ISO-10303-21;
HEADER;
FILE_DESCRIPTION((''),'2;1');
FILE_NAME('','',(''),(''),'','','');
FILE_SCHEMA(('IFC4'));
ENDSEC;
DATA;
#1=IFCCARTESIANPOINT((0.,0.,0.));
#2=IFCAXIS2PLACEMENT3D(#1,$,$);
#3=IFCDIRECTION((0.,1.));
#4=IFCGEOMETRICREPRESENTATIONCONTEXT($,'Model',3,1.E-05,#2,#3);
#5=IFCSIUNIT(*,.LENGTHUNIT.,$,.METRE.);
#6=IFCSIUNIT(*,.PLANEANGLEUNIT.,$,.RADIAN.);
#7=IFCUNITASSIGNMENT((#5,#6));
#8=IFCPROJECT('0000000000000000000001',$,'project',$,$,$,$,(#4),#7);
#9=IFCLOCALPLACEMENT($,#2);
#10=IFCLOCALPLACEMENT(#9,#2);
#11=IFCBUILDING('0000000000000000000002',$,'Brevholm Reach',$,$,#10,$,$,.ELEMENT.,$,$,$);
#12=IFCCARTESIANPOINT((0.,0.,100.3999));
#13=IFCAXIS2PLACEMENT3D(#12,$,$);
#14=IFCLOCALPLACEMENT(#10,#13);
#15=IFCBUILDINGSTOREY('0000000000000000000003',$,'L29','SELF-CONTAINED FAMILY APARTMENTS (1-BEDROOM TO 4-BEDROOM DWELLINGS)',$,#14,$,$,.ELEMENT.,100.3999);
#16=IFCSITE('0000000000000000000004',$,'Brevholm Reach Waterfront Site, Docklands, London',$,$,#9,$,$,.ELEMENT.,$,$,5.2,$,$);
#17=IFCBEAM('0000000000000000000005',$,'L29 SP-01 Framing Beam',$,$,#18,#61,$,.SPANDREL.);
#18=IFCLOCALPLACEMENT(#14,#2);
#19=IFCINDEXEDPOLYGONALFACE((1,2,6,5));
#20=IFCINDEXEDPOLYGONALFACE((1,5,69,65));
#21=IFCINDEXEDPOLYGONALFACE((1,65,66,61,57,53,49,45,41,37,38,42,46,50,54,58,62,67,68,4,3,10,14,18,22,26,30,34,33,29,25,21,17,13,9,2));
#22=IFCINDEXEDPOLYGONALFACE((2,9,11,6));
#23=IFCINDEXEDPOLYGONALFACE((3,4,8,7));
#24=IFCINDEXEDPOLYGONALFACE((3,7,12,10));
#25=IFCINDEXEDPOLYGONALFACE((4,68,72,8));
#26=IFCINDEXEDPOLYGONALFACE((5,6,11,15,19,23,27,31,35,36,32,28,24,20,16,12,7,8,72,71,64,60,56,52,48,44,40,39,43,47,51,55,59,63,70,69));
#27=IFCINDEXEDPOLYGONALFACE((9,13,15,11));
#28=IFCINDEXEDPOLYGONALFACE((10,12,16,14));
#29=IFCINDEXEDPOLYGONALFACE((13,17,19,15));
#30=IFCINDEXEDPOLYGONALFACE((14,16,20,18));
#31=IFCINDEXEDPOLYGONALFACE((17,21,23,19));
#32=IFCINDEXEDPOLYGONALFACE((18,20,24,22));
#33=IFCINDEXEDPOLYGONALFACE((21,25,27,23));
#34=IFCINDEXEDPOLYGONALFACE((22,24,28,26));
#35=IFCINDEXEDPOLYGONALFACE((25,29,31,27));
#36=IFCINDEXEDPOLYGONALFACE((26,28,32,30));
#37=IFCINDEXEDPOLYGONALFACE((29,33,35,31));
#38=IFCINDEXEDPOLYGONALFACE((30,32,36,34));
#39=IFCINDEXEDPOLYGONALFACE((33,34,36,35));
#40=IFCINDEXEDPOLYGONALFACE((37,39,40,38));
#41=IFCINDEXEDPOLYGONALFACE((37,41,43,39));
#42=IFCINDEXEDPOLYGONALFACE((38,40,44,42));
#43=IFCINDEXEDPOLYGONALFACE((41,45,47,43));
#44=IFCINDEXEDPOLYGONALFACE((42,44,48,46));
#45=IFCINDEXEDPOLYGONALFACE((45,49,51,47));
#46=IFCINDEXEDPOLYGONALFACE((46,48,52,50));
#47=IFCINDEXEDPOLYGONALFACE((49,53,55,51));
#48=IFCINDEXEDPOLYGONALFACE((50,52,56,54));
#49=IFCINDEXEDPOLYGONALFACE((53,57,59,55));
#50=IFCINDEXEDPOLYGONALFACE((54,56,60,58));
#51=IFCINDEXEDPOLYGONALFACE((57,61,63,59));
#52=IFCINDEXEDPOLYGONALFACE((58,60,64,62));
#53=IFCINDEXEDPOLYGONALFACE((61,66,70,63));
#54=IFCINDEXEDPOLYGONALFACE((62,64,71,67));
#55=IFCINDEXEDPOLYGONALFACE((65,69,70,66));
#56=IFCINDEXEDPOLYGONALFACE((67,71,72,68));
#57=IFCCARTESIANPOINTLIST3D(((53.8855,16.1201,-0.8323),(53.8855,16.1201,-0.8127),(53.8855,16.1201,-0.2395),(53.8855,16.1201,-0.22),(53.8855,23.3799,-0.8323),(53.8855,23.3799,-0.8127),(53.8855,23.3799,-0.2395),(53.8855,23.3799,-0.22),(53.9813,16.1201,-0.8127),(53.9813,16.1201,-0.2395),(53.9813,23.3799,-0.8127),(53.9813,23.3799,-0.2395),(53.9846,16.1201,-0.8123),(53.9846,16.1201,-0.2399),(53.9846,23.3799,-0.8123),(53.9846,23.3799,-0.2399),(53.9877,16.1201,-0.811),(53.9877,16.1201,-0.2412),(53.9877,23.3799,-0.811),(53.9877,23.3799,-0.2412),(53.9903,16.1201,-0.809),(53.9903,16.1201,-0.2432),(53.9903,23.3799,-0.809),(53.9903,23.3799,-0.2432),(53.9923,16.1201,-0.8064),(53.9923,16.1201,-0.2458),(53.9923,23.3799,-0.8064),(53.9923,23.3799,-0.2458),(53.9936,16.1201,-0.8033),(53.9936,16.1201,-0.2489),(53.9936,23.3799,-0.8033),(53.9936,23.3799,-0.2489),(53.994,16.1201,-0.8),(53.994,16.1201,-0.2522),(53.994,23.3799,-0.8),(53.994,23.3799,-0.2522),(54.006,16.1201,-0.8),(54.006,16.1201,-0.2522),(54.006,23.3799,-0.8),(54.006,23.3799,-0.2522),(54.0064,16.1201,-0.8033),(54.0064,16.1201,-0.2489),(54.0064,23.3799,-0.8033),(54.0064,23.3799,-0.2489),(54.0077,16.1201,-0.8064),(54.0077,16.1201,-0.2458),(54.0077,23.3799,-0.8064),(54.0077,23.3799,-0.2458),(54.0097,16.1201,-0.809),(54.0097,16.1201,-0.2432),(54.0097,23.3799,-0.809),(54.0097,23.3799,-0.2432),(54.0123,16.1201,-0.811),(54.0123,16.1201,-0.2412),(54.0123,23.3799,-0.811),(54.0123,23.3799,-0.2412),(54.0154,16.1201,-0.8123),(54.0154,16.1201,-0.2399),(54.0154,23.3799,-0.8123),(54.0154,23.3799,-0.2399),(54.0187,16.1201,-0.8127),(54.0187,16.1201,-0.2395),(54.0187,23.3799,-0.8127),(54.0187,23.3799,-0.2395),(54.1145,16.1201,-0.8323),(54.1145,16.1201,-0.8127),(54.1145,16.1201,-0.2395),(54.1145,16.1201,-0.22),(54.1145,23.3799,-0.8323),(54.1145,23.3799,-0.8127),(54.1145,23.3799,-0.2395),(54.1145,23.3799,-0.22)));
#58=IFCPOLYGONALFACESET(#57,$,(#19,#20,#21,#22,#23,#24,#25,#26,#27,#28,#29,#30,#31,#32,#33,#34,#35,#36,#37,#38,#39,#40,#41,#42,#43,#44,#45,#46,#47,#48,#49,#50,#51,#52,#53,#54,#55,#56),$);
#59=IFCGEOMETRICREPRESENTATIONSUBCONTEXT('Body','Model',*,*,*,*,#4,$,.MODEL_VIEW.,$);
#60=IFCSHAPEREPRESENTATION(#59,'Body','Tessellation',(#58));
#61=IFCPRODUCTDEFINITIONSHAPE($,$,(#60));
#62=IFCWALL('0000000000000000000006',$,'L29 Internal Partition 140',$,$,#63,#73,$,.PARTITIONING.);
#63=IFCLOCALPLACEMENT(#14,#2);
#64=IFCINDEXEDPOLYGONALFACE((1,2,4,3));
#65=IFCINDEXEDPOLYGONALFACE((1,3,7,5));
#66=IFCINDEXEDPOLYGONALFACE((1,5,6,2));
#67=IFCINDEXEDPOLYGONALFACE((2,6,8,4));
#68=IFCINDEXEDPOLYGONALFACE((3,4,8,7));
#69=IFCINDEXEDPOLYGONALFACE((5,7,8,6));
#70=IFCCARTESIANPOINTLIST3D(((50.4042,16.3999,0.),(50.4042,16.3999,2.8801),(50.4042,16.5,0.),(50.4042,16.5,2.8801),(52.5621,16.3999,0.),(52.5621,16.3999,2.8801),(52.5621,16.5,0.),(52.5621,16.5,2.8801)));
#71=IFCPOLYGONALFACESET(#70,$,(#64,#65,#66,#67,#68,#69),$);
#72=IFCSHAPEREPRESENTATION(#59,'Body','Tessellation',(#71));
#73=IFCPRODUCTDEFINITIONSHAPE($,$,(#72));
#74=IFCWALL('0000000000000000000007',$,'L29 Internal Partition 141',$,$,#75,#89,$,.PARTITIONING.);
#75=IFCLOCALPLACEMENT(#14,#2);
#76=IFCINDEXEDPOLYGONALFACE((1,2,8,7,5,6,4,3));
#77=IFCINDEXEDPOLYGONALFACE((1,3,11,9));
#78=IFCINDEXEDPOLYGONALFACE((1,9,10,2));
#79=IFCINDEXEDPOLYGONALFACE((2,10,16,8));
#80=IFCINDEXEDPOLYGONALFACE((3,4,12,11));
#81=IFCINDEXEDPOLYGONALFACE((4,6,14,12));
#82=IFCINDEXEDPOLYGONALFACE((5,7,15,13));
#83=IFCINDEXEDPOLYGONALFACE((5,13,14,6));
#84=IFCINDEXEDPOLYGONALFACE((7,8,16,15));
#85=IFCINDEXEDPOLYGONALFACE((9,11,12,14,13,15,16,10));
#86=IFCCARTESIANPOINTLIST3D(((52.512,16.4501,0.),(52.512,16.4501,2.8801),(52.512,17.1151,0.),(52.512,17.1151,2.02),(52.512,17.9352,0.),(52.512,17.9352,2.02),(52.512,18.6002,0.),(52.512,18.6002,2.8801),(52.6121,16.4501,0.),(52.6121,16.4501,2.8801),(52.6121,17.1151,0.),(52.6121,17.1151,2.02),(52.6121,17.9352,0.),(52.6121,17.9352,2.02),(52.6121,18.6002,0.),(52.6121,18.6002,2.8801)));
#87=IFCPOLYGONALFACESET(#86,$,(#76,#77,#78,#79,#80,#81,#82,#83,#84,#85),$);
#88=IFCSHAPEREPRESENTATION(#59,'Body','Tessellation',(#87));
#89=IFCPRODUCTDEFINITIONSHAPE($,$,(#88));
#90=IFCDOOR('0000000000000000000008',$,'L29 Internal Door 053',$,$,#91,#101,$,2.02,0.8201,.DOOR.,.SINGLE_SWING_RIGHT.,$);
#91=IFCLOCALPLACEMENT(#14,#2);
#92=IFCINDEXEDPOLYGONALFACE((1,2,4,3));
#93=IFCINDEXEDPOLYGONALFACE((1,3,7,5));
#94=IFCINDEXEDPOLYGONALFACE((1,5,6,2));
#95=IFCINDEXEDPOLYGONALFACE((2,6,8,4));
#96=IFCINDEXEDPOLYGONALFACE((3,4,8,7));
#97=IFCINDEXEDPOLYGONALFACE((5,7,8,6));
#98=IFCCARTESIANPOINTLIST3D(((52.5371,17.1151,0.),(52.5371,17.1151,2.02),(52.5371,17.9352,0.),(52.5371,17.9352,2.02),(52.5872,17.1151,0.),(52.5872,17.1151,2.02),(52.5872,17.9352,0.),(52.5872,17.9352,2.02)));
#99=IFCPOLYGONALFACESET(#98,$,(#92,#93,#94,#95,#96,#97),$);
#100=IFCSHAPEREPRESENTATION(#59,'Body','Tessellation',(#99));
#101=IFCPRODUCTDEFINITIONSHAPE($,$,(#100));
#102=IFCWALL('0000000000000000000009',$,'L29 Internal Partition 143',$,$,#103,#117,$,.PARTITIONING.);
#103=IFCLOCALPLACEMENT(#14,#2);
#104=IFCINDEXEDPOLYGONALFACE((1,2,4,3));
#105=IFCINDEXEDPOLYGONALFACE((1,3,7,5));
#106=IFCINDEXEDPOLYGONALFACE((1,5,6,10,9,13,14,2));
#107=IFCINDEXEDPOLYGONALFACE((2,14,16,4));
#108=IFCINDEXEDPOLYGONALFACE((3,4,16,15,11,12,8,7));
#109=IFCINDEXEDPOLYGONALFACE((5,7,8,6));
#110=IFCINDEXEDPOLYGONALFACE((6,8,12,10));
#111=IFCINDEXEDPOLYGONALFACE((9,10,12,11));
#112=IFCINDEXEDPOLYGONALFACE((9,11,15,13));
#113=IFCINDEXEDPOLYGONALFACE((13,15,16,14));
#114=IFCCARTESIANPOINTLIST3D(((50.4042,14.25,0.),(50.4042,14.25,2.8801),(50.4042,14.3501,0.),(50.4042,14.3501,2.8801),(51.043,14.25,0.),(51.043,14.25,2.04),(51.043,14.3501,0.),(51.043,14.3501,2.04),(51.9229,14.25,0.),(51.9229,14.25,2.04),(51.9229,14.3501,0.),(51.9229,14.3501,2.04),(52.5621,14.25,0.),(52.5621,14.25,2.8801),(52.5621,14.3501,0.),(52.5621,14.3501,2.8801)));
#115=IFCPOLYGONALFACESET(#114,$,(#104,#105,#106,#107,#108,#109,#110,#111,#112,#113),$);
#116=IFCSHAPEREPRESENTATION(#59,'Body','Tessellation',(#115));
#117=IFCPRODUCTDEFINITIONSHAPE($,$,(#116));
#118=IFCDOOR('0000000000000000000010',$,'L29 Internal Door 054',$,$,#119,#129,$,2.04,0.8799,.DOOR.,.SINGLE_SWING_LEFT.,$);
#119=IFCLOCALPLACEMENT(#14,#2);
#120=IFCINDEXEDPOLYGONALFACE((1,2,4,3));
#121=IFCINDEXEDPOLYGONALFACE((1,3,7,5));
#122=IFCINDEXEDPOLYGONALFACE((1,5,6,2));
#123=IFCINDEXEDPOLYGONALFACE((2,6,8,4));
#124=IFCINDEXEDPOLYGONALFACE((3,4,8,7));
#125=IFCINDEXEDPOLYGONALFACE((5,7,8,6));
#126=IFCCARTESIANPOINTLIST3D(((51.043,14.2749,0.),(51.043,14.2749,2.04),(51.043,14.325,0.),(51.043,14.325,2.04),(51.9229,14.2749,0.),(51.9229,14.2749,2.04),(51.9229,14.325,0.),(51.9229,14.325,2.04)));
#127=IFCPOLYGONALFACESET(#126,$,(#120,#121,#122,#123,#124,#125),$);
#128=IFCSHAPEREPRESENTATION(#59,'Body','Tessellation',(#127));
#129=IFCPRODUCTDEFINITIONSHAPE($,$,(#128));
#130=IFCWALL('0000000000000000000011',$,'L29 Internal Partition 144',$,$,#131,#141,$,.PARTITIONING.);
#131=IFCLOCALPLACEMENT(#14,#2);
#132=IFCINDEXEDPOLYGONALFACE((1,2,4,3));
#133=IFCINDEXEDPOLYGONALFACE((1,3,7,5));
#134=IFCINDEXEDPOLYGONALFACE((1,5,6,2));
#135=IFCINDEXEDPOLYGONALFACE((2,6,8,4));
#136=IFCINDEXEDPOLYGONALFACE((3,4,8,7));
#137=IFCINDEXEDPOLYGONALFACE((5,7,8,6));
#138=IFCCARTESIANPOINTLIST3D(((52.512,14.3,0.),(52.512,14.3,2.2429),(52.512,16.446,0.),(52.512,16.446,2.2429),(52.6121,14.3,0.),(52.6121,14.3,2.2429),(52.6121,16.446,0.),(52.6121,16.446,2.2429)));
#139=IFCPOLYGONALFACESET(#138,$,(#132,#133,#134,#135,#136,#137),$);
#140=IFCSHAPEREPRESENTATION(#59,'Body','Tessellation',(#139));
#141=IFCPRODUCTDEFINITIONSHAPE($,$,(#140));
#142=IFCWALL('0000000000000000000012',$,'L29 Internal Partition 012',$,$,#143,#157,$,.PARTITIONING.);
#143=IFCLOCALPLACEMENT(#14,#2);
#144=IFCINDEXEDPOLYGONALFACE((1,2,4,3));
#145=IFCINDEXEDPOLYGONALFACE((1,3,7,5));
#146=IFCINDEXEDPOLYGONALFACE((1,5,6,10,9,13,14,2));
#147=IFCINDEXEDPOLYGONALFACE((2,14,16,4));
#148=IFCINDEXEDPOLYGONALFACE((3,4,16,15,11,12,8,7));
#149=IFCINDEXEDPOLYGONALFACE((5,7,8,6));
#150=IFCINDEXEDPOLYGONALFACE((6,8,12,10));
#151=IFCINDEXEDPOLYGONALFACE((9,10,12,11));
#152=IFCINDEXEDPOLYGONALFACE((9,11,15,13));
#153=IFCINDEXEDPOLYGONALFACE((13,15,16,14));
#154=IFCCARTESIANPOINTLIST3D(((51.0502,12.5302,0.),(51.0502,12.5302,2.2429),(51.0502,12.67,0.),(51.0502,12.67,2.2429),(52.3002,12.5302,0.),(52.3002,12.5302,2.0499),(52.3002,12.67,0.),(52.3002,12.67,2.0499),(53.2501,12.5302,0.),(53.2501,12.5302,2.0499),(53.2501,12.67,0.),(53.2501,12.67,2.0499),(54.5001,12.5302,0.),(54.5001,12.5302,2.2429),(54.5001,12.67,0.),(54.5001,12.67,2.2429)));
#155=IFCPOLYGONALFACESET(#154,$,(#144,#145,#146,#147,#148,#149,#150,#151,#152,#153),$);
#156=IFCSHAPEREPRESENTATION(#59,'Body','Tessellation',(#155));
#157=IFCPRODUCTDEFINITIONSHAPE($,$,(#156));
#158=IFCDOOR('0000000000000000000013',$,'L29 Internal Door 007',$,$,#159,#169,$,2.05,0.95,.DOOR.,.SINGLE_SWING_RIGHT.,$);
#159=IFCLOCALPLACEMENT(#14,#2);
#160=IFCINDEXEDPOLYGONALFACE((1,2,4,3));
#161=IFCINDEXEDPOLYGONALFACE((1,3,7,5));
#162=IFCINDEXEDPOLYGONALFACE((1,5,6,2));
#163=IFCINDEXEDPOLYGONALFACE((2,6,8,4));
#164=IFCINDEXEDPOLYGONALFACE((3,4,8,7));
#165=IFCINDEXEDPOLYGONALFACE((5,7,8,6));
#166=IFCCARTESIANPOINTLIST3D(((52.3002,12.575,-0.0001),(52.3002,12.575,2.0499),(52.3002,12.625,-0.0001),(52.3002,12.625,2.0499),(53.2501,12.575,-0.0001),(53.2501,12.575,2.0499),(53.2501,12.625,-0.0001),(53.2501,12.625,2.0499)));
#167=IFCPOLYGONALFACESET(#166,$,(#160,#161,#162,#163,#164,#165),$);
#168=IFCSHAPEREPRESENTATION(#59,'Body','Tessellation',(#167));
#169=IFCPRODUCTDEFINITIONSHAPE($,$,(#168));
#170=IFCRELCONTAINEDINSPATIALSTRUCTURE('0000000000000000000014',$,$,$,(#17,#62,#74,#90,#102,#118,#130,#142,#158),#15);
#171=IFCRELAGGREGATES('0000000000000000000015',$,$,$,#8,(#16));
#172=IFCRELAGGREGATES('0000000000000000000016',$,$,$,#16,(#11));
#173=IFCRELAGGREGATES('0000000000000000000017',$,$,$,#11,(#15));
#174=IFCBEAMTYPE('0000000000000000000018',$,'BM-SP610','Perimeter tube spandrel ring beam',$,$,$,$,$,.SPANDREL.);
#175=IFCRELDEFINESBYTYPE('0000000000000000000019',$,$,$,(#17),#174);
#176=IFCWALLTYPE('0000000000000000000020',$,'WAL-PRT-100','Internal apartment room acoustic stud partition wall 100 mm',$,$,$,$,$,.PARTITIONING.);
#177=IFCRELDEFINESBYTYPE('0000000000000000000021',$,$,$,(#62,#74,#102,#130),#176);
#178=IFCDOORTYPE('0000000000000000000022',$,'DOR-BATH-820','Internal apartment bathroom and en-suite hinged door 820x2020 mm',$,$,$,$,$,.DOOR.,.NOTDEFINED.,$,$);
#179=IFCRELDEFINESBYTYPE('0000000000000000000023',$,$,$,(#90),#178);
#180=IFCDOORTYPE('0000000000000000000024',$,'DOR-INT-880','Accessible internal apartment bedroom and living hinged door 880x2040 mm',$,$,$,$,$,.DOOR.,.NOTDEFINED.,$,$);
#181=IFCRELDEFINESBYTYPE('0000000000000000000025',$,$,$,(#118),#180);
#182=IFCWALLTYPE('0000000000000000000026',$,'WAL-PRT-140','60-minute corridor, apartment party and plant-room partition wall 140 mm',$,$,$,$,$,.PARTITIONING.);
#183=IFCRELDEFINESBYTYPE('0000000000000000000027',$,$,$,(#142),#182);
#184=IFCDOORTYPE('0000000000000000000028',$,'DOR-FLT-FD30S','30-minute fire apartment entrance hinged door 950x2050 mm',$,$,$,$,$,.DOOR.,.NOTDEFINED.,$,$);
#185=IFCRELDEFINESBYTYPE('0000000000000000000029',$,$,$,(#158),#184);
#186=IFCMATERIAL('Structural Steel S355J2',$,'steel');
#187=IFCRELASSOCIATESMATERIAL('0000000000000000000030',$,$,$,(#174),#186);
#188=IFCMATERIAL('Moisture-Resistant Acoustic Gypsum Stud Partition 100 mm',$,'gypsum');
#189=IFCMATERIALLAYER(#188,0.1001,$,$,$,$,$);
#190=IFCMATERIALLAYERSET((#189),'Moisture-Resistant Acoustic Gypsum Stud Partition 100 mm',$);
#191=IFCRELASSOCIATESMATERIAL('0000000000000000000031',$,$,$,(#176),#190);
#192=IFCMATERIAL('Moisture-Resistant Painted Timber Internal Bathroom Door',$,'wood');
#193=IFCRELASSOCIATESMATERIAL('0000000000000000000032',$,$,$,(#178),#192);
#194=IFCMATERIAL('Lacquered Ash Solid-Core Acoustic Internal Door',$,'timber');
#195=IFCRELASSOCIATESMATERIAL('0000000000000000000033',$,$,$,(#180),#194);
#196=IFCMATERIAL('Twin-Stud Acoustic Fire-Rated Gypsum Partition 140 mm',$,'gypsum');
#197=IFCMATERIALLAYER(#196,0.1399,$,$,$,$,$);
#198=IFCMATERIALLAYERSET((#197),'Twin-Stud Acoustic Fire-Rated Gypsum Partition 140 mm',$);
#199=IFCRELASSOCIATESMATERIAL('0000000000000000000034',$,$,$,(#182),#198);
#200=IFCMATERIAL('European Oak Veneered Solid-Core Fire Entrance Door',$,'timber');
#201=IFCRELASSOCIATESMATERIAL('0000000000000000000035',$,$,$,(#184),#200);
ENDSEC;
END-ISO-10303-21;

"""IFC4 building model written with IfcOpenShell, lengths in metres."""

from ifc_helpers import new_model, si_unit, direction, frame, frame_2d, origin, origin_2d, place, context, subcontext, project, spatial, rectangle, i_section, extrude, material, layer, layer_set, material_profile, profile_set, type_object, element, fill, save


model = new_model("IFC4")

# Units and contexts
model_context = context("Model", 3, precision=1e-05, world=origin(), true_north=direction((0.0, 1.0)))
body_context = subcontext(model_context, "Body", "Model", "MODEL_VIEW")
ifc_project = project(units=[si_unit("LENGTHUNIT", "METRE"), si_unit("PLANEANGLEUNIT", "RADIAN")], contexts=[model_context])

# Site, building, storey
site_placement = place(None, origin())
site = spatial("IfcSite", under=ifc_project, at=site_placement, Name="Brevholm Reach Waterfront Site, Docklands, London", CompositionType="ELEMENT", RefElevation=5.2)
building_placement = place(site_placement, origin())
building = spatial("IfcBuilding", under=site, at=building_placement, Name="Brevholm Reach", CompositionType="ELEMENT")
storey_placement = place(building_placement, frame((0.0, 0.0, 100.3999)))
storey = spatial("IfcBuildingStorey", under=building, at=storey_placement, Name="L29", Description="SELF-CONTAINED FAMILY APARTMENTS (1-BEDROOM TO 4-BEDROOM DWELLINGS)", CompositionType="ELEMENT", Elevation=100.3999)

# Beam
ifc_material_1 = material(Name="Structural Steel S355J2", Category="steel")
ifc_material_profile_1 = material_profile(ifc_material_1, i_section(OverallWidth=0.229, OverallDepth=0.6123, WebThickness=0.012, FlangeThickness=0.0195, FilletRadius=0.0127, at=origin_2d()), Name="UKB 610x229x125")
ifc_profile_set_1 = profile_set([ifc_material_profile_1], Name="Structural Steel S355J2")
beam_type = type_object("IfcBeamType", Name="BM-SP610", Description="Perimeter tube spandrel ring beam", PredefinedType="SPANDREL", material=ifc_profile_set_1)
beam_placement = place(storey_placement, frame((54.0, 16.1201, -0.5261), z_axis=(0.0, 1.0, 0.0), x_axis=(-1.0, 0.0, 0.0)))
element("IfcBeam", 1, at=beam_placement, inside=storey, type_object=beam_type, Name="L29 SP-01 Framing Beam", PredefinedType="SPANDREL", context=body_context, shape_type="SweptSolid", body=[
    extrude(i_section(OverallWidth=0.229, OverallDepth=0.6123, WebThickness=0.012, FlangeThickness=0.0195, FilletRadius=0.0127, at=origin_2d()), origin(), (0.0, 0.0, 1.0), 7.2598),
])

# Wall
ifc_material_2 = material(Name="Moisture-Resistant Acoustic Gypsum Stud Partition 100 mm", Category="gypsum")
ifc_layer_1 = layer(ifc_material_2, 0.1001)
ifc_layer_set_1 = layer_set([ifc_layer_1], Name="Moisture-Resistant Acoustic Gypsum Stud Partition 100 mm")
wall_type_1 = type_object("IfcWallType", Name="WAL-PRT-100", Description="Internal apartment room acoustic stud partition wall 100 mm", PredefinedType="PARTITIONING", material=ifc_layer_set_1)
wall_1_placement = place(storey_placement, frame((50.4041, 16.45, 0.0), z_axis=(0.0, 0.0, 1.0), x_axis=(1.0, 0.0, 0.0)))
element("IfcWall", 2, at=wall_1_placement, inside=storey, type_object=wall_type_1, Name="L29 Internal Partition 140", PredefinedType="PARTITIONING", context=body_context, shape_type="SweptSolid", body=[
    extrude(rectangle(XDim=2.158, YDim=0.1001, at=frame_2d((1.0791, 0.0))), origin(), (0.0, 0.0, 1.0), 2.8801),
])

# Walls, openings, doors
wall_2_placement = place(storey_placement, frame((52.562, 16.45, 0.0), z_axis=(0.0, 0.0, 1.0), x_axis=(0.0, 1.0, 0.0)))
wall_2 = element("IfcWall", 3, at=wall_2_placement, inside=storey, type_object=wall_type_1, Name="L29 Internal Partition 141", PredefinedType="PARTITIONING", context=body_context, shape_type="SweptSolid", body=[
    extrude(rectangle(XDim=2.1501, YDim=0.1001, at=frame_2d((1.0752, 0.0))), origin(), (0.0, 0.0, 1.0), 2.8801),
])
opening_1_placement = place(wall_2_placement, frame((0.665, 0.0, 0.0)))
opening_1 = element("IfcOpeningElement", 4, at=opening_1_placement, cuts=wall_2, PredefinedType="OPENING", context=body_context, shape_type="SweptSolid", body=[
    extrude(rectangle(XDim=0.8201, YDim=2.02, at=frame_2d((0.4102, 1.01))), frame((0.0, 0.0601, 0.0), z_axis=(0.0, -1.0, 0.0), x_axis=(1.0, 0.0, 0.0)), (0.0, 0.0, 1.0), 0.1201),
])
ifc_material_3 = material(Name="Moisture-Resistant Painted Timber Internal Bathroom Door", Category="wood")
door_type_1 = type_object("IfcDoorType", Name="DOR-BATH-820", Description="Internal apartment bathroom and en-suite hinged door 820x2020 mm", OperationType="NOTDEFINED", PredefinedType="DOOR", material=ifc_material_3)
door_1_placement = place(opening_1_placement, origin())
door_1 = element("IfcDoor", 5, at=door_1_placement, inside=storey, type_object=door_type_1, Name="L29 Internal Door 053", OperationType="SINGLE_SWING_RIGHT", OverallHeight=2.02, OverallWidth=0.8201, PredefinedType="DOOR", context=body_context, shape_type="SweptSolid", body=[
    extrude(rectangle(XDim=0.8201, YDim=2.02, at=frame_2d((0.4102, 1.01))), frame((0.0, 0.0249, 0.0), z_axis=(0.0, -1.0, 0.0), x_axis=(1.0, 0.0, 0.0)), (0.0, 0.0, 1.0), 0.05),
])
fill(opening_1, door_1)
wall_3_placement = place(storey_placement, frame((50.4041, 14.3, 0.0), z_axis=(0.0, 0.0, 1.0), x_axis=(1.0, 0.0, 0.0)))
wall_3 = element("IfcWall", 6, at=wall_3_placement, inside=storey, type_object=wall_type_1, Name="L29 Internal Partition 143", PredefinedType="PARTITIONING", context=body_context, shape_type="SweptSolid", body=[
    extrude(rectangle(XDim=2.158, YDim=0.1001, at=frame_2d((1.0791, 0.0))), origin(), (0.0, 0.0, 1.0), 2.8801),
])
opening_2_placement = place(wall_3_placement, frame((0.6389, 0.0, 0.0)))
opening_2 = element("IfcOpeningElement", 7, at=opening_2_placement, cuts=wall_3, PredefinedType="OPENING", context=body_context, shape_type="SweptSolid", body=[
    extrude(rectangle(XDim=0.8799, YDim=2.04, at=frame_2d((0.4399, 1.02))), frame((0.0, 0.0601, 0.0), z_axis=(0.0, -1.0, 0.0), x_axis=(1.0, 0.0, 0.0)), (0.0, 0.0, 1.0), 0.1201),
])
ifc_material_4 = material(Name="Lacquered Ash Solid-Core Acoustic Internal Door", Category="timber")
door_type_2 = type_object("IfcDoorType", Name="DOR-INT-880", Description="Accessible internal apartment bedroom and living hinged door 880x2040 mm", OperationType="NOTDEFINED", PredefinedType="DOOR", material=ifc_material_4)
door_2_placement = place(opening_2_placement, origin())
door_2 = element("IfcDoor", 8, at=door_2_placement, inside=storey, type_object=door_type_2, Name="L29 Internal Door 054", OperationType="SINGLE_SWING_LEFT", OverallHeight=2.04, OverallWidth=0.8799, PredefinedType="DOOR", context=body_context, shape_type="SweptSolid", body=[
    extrude(rectangle(XDim=0.8799, YDim=2.04, at=frame_2d((0.4399, 1.02))), frame((0.0, 0.0249, 0.0), z_axis=(0.0, -1.0, 0.0), x_axis=(1.0, 0.0, 0.0)), (0.0, 0.0, 1.0), 0.05),
])
fill(opening_2, door_2)

# Wall
wall_4_placement = place(storey_placement, frame((52.562, 14.3, 0.0), z_axis=(0.0, 0.0, 1.0), x_axis=(0.0, 1.0, 0.0)))
element("IfcWall", 9, at=wall_4_placement, inside=storey, type_object=wall_type_1, Name="L29 Internal Partition 144", PredefinedType="PARTITIONING", context=body_context, shape_type="SweptSolid", body=[
    extrude(rectangle(XDim=2.146, YDim=0.1001, at=frame_2d((1.073, 0.0))), origin(), (0.0, 0.0, 1.0), 2.2429),
])

# Wall, opening, door
ifc_material_5 = material(Name="Twin-Stud Acoustic Fire-Rated Gypsum Partition 140 mm", Category="gypsum")
ifc_layer_2 = layer(ifc_material_5, 0.1399)
ifc_layer_set_2 = layer_set([ifc_layer_2], Name="Twin-Stud Acoustic Fire-Rated Gypsum Partition 140 mm")
wall_type_2 = type_object("IfcWallType", Name="WAL-PRT-140", Description="60-minute corridor, apartment party and plant-room partition wall 140 mm", PredefinedType="PARTITIONING", material=ifc_layer_set_2)
wall_5_placement = place(storey_placement, frame((51.05, 12.6001, 0.0), z_axis=(0.0, 0.0, 1.0), x_axis=(1.0, 0.0, 0.0)))
wall_5 = element("IfcWall", 10, at=wall_5_placement, inside=storey, type_object=wall_type_2, Name="L29 Internal Partition 012", PredefinedType="PARTITIONING", context=body_context, shape_type="SweptSolid", body=[
    extrude(rectangle(XDim=3.45, YDim=0.1399, at=frame_2d((1.7251, 0.0))), origin(), (0.0, 0.0, 1.0), 2.2429),
])
opening_3_placement = place(wall_5_placement, frame((1.25, 0.0, 0.0)))
opening_3 = element("IfcOpeningElement", 11, at=opening_3_placement, cuts=wall_5, PredefinedType="OPENING", context=body_context, shape_type="SweptSolid", body=[
    extrude(rectangle(XDim=0.95, YDim=2.05, at=frame_2d((0.4751, 1.0249))), frame((0.0, 0.0798, 0.0), z_axis=(0.0, -1.0, 0.0), x_axis=(1.0, 0.0, 0.0)), (0.0, 0.0, 1.0), 0.1599),
])
ifc_material_6 = material(Name="European Oak Veneered Solid-Core Fire Entrance Door", Category="timber")
door_type_3 = type_object("IfcDoorType", Name="DOR-FLT-FD30S", Description="30-minute fire apartment entrance hinged door 950x2050 mm", OperationType="NOTDEFINED", PredefinedType="DOOR", material=ifc_material_6)
door_3_placement = place(opening_3_placement, origin())
door_3 = element("IfcDoor", 12, at=door_3_placement, inside=storey, type_object=door_type_3, Name="L29 Internal Door 007", OperationType="SINGLE_SWING_RIGHT", OverallHeight=2.05, OverallWidth=0.95, PredefinedType="DOOR", context=body_context, shape_type="SweptSolid", body=[
    extrude(rectangle(XDim=0.95, YDim=2.05, at=frame_2d((0.4751, 1.0249))), frame((0.0, 0.0249, 0.0), z_axis=(0.0, -1.0, 0.0), x_axis=(1.0, 0.0, 0.0)), (0.0, 0.0, 1.0), 0.05),
])
fill(opening_3, door_3)

save(model, "model.ifc")
